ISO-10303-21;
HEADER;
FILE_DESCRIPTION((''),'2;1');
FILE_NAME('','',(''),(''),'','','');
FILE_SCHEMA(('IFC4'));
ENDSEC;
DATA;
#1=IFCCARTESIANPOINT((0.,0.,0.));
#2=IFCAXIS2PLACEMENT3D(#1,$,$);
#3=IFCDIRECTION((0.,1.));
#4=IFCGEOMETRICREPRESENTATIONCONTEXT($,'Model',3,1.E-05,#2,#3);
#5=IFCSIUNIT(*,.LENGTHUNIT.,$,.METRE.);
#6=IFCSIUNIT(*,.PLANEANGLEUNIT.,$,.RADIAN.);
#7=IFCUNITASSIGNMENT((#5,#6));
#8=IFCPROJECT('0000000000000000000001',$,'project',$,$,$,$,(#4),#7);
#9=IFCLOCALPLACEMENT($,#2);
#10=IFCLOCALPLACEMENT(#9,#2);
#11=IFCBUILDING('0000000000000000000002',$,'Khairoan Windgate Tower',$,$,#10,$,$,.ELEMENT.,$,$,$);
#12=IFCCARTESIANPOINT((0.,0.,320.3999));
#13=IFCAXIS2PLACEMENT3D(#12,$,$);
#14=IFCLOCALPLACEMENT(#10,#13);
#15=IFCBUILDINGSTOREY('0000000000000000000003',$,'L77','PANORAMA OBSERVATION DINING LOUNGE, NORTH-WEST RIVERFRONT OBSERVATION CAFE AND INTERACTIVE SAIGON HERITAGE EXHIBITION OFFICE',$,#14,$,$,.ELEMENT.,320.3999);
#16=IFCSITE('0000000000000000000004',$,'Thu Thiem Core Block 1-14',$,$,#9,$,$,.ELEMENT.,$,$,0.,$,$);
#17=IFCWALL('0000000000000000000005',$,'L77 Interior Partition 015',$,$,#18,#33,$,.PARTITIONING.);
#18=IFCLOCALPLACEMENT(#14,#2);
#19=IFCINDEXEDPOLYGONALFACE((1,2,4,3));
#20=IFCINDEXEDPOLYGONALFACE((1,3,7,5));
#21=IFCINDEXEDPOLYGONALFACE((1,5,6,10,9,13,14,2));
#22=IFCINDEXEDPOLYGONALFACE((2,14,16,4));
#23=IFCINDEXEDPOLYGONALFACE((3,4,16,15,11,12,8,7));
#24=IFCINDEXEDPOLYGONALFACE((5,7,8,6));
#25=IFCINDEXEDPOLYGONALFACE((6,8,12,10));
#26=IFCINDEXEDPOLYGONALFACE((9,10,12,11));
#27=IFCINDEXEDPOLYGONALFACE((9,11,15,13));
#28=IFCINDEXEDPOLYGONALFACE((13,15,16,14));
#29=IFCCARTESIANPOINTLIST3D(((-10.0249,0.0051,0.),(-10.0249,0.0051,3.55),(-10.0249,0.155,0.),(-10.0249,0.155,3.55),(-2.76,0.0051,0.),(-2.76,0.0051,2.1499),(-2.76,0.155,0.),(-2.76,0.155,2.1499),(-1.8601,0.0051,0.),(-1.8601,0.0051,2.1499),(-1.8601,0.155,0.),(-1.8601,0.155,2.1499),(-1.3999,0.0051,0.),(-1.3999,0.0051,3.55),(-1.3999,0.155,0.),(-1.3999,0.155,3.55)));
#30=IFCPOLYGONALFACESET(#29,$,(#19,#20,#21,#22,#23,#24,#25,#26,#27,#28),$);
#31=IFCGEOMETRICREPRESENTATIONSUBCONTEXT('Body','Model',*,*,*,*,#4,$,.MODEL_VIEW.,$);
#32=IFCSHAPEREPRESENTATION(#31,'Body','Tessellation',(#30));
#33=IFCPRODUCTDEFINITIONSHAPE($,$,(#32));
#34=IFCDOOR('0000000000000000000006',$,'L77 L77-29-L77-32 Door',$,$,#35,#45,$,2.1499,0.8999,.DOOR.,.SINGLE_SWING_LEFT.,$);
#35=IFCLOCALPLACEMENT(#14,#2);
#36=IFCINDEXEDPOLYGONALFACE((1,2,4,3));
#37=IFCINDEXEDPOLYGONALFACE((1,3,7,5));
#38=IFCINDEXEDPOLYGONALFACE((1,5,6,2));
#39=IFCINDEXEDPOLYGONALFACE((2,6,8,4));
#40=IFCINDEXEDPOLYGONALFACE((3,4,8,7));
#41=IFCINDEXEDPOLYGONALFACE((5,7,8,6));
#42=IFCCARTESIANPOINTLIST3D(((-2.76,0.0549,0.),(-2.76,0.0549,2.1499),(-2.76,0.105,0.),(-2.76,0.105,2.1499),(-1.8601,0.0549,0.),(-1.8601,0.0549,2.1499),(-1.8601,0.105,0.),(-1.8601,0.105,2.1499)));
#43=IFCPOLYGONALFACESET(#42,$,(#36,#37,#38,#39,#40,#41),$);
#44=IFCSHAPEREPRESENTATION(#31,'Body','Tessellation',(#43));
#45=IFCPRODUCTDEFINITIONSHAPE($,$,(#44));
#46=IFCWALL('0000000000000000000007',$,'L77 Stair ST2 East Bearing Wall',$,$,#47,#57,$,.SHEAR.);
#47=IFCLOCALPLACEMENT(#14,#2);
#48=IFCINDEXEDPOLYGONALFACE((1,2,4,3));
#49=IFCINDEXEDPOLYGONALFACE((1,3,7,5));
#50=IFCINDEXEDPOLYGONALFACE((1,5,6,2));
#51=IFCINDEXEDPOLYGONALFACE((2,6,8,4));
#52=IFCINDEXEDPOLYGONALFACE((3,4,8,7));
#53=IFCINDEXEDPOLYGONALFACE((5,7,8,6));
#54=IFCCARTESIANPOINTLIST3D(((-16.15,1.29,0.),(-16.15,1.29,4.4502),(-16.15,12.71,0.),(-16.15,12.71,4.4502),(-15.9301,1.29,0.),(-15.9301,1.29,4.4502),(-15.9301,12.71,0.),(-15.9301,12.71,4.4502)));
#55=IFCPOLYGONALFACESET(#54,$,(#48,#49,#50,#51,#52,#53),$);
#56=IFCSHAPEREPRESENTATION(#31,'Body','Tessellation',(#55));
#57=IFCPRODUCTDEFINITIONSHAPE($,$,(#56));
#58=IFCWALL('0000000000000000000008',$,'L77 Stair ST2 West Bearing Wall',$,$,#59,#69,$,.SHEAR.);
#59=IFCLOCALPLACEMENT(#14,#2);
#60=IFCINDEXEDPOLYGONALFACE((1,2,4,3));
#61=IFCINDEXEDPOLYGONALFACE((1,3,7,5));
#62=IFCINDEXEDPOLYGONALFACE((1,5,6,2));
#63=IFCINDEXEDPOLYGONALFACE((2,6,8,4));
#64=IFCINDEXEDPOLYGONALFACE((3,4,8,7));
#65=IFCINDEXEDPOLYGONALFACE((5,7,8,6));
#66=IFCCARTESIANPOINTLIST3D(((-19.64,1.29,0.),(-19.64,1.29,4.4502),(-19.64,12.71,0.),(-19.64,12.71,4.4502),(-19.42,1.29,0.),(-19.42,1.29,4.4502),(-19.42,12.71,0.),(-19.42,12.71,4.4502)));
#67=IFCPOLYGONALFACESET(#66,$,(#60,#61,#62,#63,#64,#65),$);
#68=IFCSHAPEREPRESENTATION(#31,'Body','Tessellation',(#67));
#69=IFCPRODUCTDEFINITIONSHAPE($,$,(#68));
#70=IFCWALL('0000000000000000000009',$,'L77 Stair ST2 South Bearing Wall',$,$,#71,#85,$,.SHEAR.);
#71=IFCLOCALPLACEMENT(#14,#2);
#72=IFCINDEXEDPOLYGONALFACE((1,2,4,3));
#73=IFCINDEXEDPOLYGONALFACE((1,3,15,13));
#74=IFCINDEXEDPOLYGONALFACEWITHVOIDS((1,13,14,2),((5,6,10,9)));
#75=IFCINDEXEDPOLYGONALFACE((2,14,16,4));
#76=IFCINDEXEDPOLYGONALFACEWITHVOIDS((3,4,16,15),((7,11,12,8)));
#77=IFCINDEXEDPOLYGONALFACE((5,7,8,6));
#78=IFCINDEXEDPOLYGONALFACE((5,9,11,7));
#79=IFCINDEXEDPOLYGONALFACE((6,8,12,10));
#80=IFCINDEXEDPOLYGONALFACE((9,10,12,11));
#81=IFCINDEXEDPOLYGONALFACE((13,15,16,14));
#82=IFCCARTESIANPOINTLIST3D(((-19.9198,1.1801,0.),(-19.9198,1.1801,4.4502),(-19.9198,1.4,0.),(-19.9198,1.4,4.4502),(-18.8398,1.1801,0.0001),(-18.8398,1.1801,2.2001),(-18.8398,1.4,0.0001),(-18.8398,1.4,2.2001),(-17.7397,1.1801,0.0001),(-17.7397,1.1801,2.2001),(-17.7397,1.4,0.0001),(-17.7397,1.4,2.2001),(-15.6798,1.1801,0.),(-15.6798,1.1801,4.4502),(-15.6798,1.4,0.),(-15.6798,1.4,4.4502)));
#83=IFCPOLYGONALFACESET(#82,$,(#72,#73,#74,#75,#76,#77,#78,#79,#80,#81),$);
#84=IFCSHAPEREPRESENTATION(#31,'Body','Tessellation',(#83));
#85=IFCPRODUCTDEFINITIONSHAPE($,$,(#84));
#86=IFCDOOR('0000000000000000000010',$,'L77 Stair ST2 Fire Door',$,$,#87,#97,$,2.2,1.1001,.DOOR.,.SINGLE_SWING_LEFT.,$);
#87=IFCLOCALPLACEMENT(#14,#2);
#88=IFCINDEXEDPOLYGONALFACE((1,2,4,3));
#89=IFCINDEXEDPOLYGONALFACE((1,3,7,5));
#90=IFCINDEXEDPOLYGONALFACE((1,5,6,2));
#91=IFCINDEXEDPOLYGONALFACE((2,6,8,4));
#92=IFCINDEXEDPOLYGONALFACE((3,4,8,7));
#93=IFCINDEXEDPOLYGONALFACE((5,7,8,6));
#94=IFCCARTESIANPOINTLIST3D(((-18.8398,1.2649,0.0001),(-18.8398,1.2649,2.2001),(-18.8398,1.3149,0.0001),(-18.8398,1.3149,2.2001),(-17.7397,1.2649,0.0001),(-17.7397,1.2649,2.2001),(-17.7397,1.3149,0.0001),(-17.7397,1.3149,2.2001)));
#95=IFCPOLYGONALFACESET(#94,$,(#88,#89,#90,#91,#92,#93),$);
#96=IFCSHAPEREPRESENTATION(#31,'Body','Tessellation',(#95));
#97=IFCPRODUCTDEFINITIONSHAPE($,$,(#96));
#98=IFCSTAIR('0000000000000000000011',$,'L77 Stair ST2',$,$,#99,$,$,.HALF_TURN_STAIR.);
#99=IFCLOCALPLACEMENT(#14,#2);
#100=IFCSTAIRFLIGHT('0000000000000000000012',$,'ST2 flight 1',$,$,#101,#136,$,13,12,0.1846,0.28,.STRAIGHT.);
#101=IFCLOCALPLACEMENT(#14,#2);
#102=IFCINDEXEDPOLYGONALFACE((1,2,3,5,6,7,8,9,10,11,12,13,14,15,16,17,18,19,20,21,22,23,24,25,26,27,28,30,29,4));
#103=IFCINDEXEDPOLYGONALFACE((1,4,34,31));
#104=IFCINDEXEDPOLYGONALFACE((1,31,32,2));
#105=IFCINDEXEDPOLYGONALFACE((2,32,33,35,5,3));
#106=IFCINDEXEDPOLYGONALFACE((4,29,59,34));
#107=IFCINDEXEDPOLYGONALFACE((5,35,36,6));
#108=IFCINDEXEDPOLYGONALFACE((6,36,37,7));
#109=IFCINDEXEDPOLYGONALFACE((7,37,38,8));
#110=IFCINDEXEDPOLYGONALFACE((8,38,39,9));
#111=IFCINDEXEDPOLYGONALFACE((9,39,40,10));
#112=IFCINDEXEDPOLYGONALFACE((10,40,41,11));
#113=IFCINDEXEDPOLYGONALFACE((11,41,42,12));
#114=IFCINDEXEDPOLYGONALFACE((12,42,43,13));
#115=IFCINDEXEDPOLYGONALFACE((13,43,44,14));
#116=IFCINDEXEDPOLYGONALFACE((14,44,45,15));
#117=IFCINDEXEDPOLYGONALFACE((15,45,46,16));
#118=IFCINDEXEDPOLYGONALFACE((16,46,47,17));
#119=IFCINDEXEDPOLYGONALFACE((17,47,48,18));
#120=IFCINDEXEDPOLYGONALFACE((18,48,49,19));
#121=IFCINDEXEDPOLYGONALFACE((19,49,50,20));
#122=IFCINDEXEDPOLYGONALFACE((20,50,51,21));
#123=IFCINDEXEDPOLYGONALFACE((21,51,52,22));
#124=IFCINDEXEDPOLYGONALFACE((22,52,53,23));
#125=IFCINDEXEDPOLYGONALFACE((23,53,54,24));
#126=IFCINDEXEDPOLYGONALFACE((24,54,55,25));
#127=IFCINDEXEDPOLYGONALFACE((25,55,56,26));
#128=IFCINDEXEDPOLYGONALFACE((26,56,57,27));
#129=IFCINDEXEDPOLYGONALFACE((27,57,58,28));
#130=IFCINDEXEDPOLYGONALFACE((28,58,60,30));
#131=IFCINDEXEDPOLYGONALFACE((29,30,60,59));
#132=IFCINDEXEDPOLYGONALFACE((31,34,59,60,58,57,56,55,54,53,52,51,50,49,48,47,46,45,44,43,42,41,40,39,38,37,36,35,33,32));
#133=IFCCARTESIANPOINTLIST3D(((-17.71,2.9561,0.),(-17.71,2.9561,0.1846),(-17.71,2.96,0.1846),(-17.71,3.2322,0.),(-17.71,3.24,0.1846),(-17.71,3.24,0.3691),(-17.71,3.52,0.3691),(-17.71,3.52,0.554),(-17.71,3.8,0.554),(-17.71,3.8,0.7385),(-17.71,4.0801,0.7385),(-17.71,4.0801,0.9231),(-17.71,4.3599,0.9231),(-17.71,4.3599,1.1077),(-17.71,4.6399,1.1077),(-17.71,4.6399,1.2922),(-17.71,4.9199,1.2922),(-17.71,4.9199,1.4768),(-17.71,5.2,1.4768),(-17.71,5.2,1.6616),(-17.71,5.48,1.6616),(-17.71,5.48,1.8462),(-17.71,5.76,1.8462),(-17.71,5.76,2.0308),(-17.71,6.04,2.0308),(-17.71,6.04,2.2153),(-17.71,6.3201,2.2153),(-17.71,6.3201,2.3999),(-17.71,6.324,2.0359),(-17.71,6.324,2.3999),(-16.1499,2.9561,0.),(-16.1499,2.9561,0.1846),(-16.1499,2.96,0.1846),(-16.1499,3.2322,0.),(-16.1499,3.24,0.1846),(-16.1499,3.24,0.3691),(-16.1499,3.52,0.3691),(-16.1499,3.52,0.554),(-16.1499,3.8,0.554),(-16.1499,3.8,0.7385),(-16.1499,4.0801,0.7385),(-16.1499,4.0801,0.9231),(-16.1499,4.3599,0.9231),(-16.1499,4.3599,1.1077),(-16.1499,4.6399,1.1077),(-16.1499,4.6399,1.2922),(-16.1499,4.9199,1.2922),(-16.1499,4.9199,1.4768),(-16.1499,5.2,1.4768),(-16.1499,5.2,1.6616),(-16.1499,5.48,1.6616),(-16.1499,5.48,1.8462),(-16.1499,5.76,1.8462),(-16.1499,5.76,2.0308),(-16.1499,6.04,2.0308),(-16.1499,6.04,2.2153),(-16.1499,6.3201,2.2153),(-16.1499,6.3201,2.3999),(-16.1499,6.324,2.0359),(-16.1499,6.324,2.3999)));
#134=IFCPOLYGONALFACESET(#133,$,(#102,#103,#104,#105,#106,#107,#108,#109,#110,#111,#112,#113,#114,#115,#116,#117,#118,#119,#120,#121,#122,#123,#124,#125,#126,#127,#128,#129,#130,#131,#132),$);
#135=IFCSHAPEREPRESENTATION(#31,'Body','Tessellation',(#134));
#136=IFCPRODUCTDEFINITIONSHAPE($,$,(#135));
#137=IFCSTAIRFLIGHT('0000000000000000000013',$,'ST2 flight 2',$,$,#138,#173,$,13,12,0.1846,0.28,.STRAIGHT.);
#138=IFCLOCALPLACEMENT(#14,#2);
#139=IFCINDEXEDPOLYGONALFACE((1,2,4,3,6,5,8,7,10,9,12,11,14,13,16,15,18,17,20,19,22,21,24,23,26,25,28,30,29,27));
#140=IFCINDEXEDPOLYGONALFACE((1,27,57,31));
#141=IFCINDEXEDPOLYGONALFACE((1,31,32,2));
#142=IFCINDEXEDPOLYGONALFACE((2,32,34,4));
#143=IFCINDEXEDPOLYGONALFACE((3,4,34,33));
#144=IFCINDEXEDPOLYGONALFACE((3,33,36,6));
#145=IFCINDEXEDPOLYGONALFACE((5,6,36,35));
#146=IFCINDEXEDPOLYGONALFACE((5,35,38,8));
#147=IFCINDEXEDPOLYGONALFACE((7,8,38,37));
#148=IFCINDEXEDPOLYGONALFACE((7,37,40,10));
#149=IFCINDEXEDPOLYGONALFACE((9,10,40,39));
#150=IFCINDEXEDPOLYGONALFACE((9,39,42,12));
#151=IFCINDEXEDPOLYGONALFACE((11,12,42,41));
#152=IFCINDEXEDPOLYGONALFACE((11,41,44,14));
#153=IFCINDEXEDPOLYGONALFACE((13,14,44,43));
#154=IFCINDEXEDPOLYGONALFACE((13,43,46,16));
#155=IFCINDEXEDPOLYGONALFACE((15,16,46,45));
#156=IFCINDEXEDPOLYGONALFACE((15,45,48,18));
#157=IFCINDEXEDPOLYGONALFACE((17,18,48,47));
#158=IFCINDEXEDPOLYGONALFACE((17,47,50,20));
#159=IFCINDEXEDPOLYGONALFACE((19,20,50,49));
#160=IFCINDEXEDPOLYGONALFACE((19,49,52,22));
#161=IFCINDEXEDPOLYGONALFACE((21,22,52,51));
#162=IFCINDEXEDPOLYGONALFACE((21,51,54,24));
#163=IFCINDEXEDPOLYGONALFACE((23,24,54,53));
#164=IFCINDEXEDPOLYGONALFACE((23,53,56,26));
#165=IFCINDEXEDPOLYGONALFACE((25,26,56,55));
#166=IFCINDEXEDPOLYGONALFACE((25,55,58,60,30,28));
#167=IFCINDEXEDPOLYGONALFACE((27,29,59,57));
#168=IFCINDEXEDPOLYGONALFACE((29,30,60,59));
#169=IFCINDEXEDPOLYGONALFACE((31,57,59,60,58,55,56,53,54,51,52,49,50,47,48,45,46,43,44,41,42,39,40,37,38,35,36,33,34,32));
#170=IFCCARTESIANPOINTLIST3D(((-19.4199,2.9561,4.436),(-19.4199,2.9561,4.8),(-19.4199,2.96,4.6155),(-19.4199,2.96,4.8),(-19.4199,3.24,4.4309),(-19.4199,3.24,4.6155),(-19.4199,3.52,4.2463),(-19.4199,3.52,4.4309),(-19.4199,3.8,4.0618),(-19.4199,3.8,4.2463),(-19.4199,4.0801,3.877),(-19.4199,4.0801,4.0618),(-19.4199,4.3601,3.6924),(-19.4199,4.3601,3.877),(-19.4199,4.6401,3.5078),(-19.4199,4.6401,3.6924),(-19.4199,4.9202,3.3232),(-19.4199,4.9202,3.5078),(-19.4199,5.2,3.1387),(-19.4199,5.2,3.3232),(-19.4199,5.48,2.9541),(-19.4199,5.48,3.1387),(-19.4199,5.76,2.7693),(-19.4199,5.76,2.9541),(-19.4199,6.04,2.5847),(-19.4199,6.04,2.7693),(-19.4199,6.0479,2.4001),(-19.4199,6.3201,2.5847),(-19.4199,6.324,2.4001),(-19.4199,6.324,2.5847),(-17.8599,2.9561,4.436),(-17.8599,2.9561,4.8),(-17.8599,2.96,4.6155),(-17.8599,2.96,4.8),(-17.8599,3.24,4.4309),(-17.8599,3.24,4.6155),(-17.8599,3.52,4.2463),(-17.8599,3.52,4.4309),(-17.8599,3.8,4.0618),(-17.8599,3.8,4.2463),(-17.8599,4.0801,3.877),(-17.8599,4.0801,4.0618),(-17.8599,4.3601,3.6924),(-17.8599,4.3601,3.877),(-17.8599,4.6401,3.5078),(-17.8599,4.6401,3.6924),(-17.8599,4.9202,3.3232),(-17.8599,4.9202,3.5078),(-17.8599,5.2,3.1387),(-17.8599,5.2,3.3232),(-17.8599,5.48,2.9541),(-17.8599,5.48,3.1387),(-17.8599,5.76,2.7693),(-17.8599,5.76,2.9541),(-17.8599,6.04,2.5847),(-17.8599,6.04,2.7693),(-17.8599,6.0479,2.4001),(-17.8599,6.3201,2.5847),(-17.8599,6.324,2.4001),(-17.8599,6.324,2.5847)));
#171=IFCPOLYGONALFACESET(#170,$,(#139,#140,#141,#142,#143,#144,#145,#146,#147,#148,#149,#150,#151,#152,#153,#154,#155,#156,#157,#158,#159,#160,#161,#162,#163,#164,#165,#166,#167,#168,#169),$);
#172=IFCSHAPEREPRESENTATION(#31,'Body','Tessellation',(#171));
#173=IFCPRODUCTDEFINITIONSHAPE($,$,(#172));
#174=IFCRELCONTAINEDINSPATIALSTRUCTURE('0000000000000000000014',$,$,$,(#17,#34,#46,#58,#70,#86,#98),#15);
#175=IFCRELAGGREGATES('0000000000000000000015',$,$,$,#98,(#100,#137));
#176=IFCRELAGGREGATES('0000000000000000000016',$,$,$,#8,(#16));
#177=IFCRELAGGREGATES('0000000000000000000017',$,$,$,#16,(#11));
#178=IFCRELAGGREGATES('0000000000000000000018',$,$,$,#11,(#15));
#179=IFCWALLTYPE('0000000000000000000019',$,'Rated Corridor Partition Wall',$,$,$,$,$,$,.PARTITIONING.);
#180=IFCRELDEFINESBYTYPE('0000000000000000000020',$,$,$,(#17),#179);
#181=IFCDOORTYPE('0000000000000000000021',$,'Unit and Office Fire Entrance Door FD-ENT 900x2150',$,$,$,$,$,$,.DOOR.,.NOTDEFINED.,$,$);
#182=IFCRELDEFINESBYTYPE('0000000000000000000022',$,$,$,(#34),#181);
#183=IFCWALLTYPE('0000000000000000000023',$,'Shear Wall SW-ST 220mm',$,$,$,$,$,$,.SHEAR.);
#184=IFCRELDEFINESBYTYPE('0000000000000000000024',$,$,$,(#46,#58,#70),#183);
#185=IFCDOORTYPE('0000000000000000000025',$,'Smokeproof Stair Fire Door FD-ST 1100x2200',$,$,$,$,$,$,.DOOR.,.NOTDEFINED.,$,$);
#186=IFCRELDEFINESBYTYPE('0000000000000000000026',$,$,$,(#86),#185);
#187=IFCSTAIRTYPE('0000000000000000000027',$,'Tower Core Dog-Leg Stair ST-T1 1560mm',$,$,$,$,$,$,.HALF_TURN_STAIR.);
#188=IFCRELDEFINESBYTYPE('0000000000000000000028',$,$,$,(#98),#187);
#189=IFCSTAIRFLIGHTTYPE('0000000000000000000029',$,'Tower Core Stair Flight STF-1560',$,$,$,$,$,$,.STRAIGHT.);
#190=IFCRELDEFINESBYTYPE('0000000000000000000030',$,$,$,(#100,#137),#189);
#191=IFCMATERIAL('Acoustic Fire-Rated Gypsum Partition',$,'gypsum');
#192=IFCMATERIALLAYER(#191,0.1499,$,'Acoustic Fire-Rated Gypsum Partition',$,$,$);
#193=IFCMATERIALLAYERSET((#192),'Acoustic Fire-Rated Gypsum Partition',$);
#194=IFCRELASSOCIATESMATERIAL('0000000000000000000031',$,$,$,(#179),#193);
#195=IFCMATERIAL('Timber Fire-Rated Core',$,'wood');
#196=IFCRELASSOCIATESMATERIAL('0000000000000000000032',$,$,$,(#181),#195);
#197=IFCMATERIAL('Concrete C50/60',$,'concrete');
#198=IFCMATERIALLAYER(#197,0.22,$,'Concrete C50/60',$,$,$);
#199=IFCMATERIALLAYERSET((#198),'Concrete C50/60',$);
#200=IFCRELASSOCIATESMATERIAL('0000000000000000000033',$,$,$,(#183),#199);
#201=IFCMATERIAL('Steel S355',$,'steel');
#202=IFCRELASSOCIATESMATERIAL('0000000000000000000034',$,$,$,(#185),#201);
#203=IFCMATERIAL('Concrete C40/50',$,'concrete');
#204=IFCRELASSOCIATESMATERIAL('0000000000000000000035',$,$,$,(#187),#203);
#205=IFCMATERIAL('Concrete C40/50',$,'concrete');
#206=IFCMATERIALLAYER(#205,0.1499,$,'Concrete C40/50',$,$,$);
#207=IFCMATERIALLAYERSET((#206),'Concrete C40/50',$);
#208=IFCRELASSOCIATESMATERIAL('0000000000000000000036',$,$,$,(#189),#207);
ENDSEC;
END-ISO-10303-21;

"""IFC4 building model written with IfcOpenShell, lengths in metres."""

from ifc_helpers import new_model, si_unit, direction, frame, frame_2d, origin, place, context, subcontext, project, spatial, polyline, rectangle, outline, extrude, material, layer, layer_set, type_object, element, fill, aggregate, save


model = new_model("IFC4")

# Units and contexts
model_context = context("Model", 3, precision=1e-05, world=origin(), true_north=direction((0.0, 1.0)))
body_context = subcontext(model_context, "Body", "Model", "MODEL_VIEW")
ifc_project = project(units=[si_unit("LENGTHUNIT", "METRE"), si_unit("PLANEANGLEUNIT", "RADIAN")], contexts=[model_context])

# Site, building, storey
site_placement = place(None, origin())
site = spatial("IfcSite", under=ifc_project, at=site_placement, Name="Thu Thiem Core Block 1-14", CompositionType="ELEMENT", RefElevation=0.0)
building_placement = place(site_placement, origin())
building = spatial("IfcBuilding", under=site, at=building_placement, Name="Khairoan Windgate Tower", CompositionType="ELEMENT")
storey_placement = place(building_placement, frame((0.0, 0.0, 320.3999)))
storey = spatial("IfcBuildingStorey", under=building, at=storey_placement, Name="L77", Description="PANORAMA OBSERVATION DINING LOUNGE, NORTH-WEST RIVERFRONT OBSERVATION CAFE AND INTERACTIVE SAIGON HERITAGE EXHIBITION OFFICE", CompositionType="ELEMENT", Elevation=320.3999)

# Wall, opening, door
ifc_material_1 = material(Name="Acoustic Fire-Rated Gypsum Partition", Category="gypsum")
ifc_layer_1 = layer(ifc_material_1, 0.1499, Name="Acoustic Fire-Rated Gypsum Partition")
ifc_layer_set_1 = layer_set([ifc_layer_1], Name="Acoustic Fire-Rated Gypsum Partition")
wall_type_1 = type_object("IfcWallType", Name="Rated Corridor Partition Wall", PredefinedType="PARTITIONING", material=ifc_layer_set_1)
ifc_material_2 = material(Name="Timber Fire-Rated Core", Category="wood")
door_type_1 = type_object("IfcDoorType", Name="Unit and Office Fire Entrance Door FD-ENT 900x2150", OperationType="NOTDEFINED", PredefinedType="DOOR", material=ifc_material_2)
wall_1_placement = place(storey_placement, frame((-10.0249, 0.0801, 0.0), z_axis=(0.0, 0.0, 1.0), x_axis=(1.0, 0.0, 0.0)))
wall_1 = element("IfcWall", 1, at=wall_1_placement, inside=storey, type_object=wall_type_1, Name="L77 Interior Partition 015", PredefinedType="PARTITIONING", context=body_context, shape_type="SweptSolid", body=[
    extrude(rectangle(XDim=8.625, YDim=0.1499, at=frame_2d((4.3125, 0.0))), origin(), (0.0, 0.0, 1.0), 3.55),
])
opening_1_placement = place(wall_1_placement, frame((7.2649, 0.0, 0.0)))
opening_1 = element("IfcOpeningElement", 2, at=opening_1_placement, cuts=wall_1, PredefinedType="OPENING", context=body_context, shape_type="SweptSolid", body=[
    extrude(rectangle(XDim=0.8999, YDim=2.1499, at=frame_2d((0.45, 1.075))), frame((0.0, 0.085, 0.0), z_axis=(0.0, -1.0, 0.0), x_axis=(1.0, 0.0, 0.0)), (0.0, 0.0, 1.0), 0.1699),
])
door_1_placement = place(opening_1_placement, origin())
door_1 = element("IfcDoor", 3, at=door_1_placement, inside=storey, type_object=door_type_1, Name="L77 L77-29-L77-32 Door", OperationType="SINGLE_SWING_LEFT", OverallHeight=2.1499, OverallWidth=0.8999, PredefinedType="DOOR", context=body_context, shape_type="SweptSolid", body=[
    extrude(rectangle(XDim=0.8999, YDim=2.1499, at=frame_2d((0.45, 1.075))), frame((0.0, 0.0249, 0.0), z_axis=(0.0, -1.0, 0.0), x_axis=(1.0, 0.0, 0.0)), (0.0, 0.0, 1.0), 0.05),
])
fill(opening_1, door_1)

# Walls
ifc_material_3 = material(Name="Concrete C50/60", Category="concrete")
ifc_layer_2 = layer(ifc_material_3, 0.22, Name="Concrete C50/60")
ifc_layer_set_2 = layer_set([ifc_layer_2], Name="Concrete C50/60")
wall_type_2 = type_object("IfcWallType", Name="Shear Wall SW-ST 220mm", PredefinedType="SHEAR", material=ifc_layer_set_2)
for number, where, z_axis, x_axis, name in (
    (4, (-16.04, 1.29, 0.0), (0.0, 0.0, 1.0), (0.0, 1.0, 0.0), "L77 Stair ST2 East Bearing Wall"),
    (5, (-19.53, 1.29, 0.0), (0.0, 0.0, 1.0), (0.0, 1.0, 0.0), "L77 Stair ST2 West Bearing Wall"),
):
    element("IfcWall", number, at=place(storey_placement, frame(where, z_axis=z_axis, x_axis=x_axis)), inside=storey, type_object=wall_type_2, Name=name, PredefinedType="SHEAR", context=body_context, shape_type="SweptSolid", body=[
        extrude(rectangle(XDim=11.4199, YDim=0.22, at=frame_2d((5.71, 0.0))), origin(), (0.0, 0.0, 1.0), 4.4502),
    ])

# Wall, opening, door
wall_2_placement = place(storey_placement, frame((-19.9199, 1.29, 0.0), z_axis=(0.0, 0.0, 1.0), x_axis=(1.0, 0.0, 0.0)))
wall_2 = element("IfcWall", 6, at=wall_2_placement, inside=storey, type_object=wall_type_2, Name="L77 Stair ST2 South Bearing Wall", PredefinedType="SHEAR", context=body_context, shape_type="SweptSolid", body=[
    extrude(rectangle(XDim=4.24, YDim=0.22, at=frame_2d((2.1201, 0.0))), origin(), (0.0, 0.0, 1.0), 4.4502),
])
opening_2_placement = place(wall_2_placement, frame((1.0801, 0.0, 0.0)))
opening_2 = element("IfcOpeningElement", 7, at=opening_2_placement, cuts=wall_2, PredefinedType="OPENING", context=body_context, shape_type="SweptSolid", body=[
    extrude(rectangle(XDim=1.1001, YDim=2.2, at=frame_2d((0.55, 1.1001))), frame((0.0, 0.1199, 0.0), z_axis=(0.0, -1.0, 0.0), x_axis=(1.0, 0.0, 0.0)), (0.0, 0.0, 1.0), 0.24),
])
ifc_material_4 = material(Name="Steel S355", Category="steel")
door_type_2 = type_object("IfcDoorType", Name="Smokeproof Stair Fire Door FD-ST 1100x2200", OperationType="NOTDEFINED", PredefinedType="DOOR", material=ifc_material_4)
door_2_placement = place(opening_2_placement, origin())
door_2 = element("IfcDoor", 8, at=door_2_placement, inside=storey, type_object=door_type_2, Name="L77 Stair ST2 Fire Door", OperationType="SINGLE_SWING_LEFT", OverallHeight=2.2, OverallWidth=1.1001, PredefinedType="DOOR", context=body_context, shape_type="SweptSolid", body=[
    extrude(rectangle(XDim=1.1001, YDim=2.2, at=frame_2d((0.55, 1.1001))), frame((0.0, 0.0249, 0.0), z_axis=(0.0, -1.0, 0.0), x_axis=(1.0, 0.0, 0.0)), (0.0, 0.0, 1.0), 0.05),
])
fill(opening_2, door_2)

# Stair, stair flights
ifc_material_5 = material(Name="Concrete C40/50", Category="concrete")
stair_type = type_object("IfcStairType", Name="Tower Core Dog-Leg Stair ST-T1 1560mm", PredefinedType="HALF_TURN_STAIR", material=ifc_material_5)
stair_placement = place(storey_placement, origin())
stair = element("IfcStair", 9, at=stair_placement, inside=storey, type_object=stair_type, Name="L77 Stair ST2", PredefinedType="HALF_TURN_STAIR")
ifc_material_6 = material(Name="Concrete C40/50", Category="concrete")
ifc_layer_3 = layer(ifc_material_6, 0.1499, Name="Concrete C40/50")
ifc_layer_set_3 = layer_set([ifc_layer_3], Name="Concrete C40/50")
stair_flight_type = type_object("IfcStairFlightType", Name="Tower Core Stair Flight STF-1560", PredefinedType="STRAIGHT", material=ifc_layer_set_3)
stair_flight_1_placement = place(storey_placement, frame((-16.9299, 2.96, 0.0), z_axis=(0.0, 0.0, 1.0), x_axis=(0.0, 1.0, 0.0)))
stair_flight_1 = element("IfcStairFlight", 10, at=stair_flight_1_placement, type_object=stair_flight_type, Name="ST2 flight 1", NumberOfRisers=13, NumberOfTreads=12, PredefinedType="STRAIGHT", RiserHeight=0.1846, TreadLength=0.28, context=body_context, shape_type="SweptSolid", body=[
    extrude(outline(polyline([(-0.0039, 0.0), (-0.0039, 0.1846), (0.0, 0.1846), (0.28, 0.1846), (0.28, 0.3691), (0.5601, 0.3691), (0.5601, 0.554), (0.8401, 0.554), (0.8401, 0.7385), (1.1201, 0.7385), (1.1201, 0.9231), (1.3999, 0.9231), (1.3999, 1.1077), (1.6799, 1.1077), (1.6799, 1.2922), (1.96, 1.2922), (1.96, 1.4768), (2.24, 1.4768), (2.24, 1.6616), (2.52, 1.6616), (2.52, 1.8462), (2.8, 1.8462), (2.8, 2.0308), (3.0801, 2.0308), (3.0801, 2.2153), (3.3601, 2.2153), (3.3601, 2.3999), (3.364, 2.3999), (3.364, 2.0359), (0.2722, 0.0), (-0.0039, 0.0)])), frame((0.0, 0.78, 0.0), z_axis=(0.0, -1.0, 0.0), x_axis=(1.0, 0.0, 0.0)), (0.0, 0.0, 1.0), 1.5601),
])
stair_flight_2_placement = place(storey_placement, frame((-18.6399, 6.3201, 2.4001), z_axis=(0.0, 0.0, 1.0), x_axis=(0.0, -1.0, 0.0)))
stair_flight_2 = element("IfcStairFlight", 11, at=stair_flight_2_placement, type_object=stair_flight_type, Name="ST2 flight 2", NumberOfRisers=13, NumberOfTreads=12, PredefinedType="STRAIGHT", RiserHeight=0.1846, TreadLength=0.28, context=body_context, shape_type="SweptSolid", body=[
    extrude(outline(polyline([(-0.0039, 0.0), (-0.0039, 0.1846), (0.0, 0.1846), (0.28, 0.1846), (0.28, 0.3691), (0.5601, 0.3691), (0.5601, 0.554), (0.8401, 0.554), (0.8401, 0.7385), (1.1201, 0.7385), (1.1201, 0.9231), (1.3999, 0.9231), (1.3999, 1.1077), (1.6799, 1.1077), (1.6799, 1.2922), (1.96, 1.2922), (1.96, 1.4768), (2.24, 1.4768), (2.24, 1.6616), (2.52, 1.6616), (2.52, 1.8462), (2.8, 1.8462), (2.8, 2.0308), (3.0801, 2.0308), (3.0801, 2.2153), (3.3601, 2.2153), (3.3601, 2.3999), (3.364, 2.3999), (3.364, 2.0359), (0.2722, 0.0), (-0.0039, 0.0)])), frame((0.0, 0.78, 0.0), z_axis=(0.0, -1.0, 0.0), x_axis=(1.0, 0.0, 0.0)), (0.0, 0.0, 1.0), 1.5601),
])
aggregate(stair, [stair_flight_1, stair_flight_2])

save(model, "model.ifc")
